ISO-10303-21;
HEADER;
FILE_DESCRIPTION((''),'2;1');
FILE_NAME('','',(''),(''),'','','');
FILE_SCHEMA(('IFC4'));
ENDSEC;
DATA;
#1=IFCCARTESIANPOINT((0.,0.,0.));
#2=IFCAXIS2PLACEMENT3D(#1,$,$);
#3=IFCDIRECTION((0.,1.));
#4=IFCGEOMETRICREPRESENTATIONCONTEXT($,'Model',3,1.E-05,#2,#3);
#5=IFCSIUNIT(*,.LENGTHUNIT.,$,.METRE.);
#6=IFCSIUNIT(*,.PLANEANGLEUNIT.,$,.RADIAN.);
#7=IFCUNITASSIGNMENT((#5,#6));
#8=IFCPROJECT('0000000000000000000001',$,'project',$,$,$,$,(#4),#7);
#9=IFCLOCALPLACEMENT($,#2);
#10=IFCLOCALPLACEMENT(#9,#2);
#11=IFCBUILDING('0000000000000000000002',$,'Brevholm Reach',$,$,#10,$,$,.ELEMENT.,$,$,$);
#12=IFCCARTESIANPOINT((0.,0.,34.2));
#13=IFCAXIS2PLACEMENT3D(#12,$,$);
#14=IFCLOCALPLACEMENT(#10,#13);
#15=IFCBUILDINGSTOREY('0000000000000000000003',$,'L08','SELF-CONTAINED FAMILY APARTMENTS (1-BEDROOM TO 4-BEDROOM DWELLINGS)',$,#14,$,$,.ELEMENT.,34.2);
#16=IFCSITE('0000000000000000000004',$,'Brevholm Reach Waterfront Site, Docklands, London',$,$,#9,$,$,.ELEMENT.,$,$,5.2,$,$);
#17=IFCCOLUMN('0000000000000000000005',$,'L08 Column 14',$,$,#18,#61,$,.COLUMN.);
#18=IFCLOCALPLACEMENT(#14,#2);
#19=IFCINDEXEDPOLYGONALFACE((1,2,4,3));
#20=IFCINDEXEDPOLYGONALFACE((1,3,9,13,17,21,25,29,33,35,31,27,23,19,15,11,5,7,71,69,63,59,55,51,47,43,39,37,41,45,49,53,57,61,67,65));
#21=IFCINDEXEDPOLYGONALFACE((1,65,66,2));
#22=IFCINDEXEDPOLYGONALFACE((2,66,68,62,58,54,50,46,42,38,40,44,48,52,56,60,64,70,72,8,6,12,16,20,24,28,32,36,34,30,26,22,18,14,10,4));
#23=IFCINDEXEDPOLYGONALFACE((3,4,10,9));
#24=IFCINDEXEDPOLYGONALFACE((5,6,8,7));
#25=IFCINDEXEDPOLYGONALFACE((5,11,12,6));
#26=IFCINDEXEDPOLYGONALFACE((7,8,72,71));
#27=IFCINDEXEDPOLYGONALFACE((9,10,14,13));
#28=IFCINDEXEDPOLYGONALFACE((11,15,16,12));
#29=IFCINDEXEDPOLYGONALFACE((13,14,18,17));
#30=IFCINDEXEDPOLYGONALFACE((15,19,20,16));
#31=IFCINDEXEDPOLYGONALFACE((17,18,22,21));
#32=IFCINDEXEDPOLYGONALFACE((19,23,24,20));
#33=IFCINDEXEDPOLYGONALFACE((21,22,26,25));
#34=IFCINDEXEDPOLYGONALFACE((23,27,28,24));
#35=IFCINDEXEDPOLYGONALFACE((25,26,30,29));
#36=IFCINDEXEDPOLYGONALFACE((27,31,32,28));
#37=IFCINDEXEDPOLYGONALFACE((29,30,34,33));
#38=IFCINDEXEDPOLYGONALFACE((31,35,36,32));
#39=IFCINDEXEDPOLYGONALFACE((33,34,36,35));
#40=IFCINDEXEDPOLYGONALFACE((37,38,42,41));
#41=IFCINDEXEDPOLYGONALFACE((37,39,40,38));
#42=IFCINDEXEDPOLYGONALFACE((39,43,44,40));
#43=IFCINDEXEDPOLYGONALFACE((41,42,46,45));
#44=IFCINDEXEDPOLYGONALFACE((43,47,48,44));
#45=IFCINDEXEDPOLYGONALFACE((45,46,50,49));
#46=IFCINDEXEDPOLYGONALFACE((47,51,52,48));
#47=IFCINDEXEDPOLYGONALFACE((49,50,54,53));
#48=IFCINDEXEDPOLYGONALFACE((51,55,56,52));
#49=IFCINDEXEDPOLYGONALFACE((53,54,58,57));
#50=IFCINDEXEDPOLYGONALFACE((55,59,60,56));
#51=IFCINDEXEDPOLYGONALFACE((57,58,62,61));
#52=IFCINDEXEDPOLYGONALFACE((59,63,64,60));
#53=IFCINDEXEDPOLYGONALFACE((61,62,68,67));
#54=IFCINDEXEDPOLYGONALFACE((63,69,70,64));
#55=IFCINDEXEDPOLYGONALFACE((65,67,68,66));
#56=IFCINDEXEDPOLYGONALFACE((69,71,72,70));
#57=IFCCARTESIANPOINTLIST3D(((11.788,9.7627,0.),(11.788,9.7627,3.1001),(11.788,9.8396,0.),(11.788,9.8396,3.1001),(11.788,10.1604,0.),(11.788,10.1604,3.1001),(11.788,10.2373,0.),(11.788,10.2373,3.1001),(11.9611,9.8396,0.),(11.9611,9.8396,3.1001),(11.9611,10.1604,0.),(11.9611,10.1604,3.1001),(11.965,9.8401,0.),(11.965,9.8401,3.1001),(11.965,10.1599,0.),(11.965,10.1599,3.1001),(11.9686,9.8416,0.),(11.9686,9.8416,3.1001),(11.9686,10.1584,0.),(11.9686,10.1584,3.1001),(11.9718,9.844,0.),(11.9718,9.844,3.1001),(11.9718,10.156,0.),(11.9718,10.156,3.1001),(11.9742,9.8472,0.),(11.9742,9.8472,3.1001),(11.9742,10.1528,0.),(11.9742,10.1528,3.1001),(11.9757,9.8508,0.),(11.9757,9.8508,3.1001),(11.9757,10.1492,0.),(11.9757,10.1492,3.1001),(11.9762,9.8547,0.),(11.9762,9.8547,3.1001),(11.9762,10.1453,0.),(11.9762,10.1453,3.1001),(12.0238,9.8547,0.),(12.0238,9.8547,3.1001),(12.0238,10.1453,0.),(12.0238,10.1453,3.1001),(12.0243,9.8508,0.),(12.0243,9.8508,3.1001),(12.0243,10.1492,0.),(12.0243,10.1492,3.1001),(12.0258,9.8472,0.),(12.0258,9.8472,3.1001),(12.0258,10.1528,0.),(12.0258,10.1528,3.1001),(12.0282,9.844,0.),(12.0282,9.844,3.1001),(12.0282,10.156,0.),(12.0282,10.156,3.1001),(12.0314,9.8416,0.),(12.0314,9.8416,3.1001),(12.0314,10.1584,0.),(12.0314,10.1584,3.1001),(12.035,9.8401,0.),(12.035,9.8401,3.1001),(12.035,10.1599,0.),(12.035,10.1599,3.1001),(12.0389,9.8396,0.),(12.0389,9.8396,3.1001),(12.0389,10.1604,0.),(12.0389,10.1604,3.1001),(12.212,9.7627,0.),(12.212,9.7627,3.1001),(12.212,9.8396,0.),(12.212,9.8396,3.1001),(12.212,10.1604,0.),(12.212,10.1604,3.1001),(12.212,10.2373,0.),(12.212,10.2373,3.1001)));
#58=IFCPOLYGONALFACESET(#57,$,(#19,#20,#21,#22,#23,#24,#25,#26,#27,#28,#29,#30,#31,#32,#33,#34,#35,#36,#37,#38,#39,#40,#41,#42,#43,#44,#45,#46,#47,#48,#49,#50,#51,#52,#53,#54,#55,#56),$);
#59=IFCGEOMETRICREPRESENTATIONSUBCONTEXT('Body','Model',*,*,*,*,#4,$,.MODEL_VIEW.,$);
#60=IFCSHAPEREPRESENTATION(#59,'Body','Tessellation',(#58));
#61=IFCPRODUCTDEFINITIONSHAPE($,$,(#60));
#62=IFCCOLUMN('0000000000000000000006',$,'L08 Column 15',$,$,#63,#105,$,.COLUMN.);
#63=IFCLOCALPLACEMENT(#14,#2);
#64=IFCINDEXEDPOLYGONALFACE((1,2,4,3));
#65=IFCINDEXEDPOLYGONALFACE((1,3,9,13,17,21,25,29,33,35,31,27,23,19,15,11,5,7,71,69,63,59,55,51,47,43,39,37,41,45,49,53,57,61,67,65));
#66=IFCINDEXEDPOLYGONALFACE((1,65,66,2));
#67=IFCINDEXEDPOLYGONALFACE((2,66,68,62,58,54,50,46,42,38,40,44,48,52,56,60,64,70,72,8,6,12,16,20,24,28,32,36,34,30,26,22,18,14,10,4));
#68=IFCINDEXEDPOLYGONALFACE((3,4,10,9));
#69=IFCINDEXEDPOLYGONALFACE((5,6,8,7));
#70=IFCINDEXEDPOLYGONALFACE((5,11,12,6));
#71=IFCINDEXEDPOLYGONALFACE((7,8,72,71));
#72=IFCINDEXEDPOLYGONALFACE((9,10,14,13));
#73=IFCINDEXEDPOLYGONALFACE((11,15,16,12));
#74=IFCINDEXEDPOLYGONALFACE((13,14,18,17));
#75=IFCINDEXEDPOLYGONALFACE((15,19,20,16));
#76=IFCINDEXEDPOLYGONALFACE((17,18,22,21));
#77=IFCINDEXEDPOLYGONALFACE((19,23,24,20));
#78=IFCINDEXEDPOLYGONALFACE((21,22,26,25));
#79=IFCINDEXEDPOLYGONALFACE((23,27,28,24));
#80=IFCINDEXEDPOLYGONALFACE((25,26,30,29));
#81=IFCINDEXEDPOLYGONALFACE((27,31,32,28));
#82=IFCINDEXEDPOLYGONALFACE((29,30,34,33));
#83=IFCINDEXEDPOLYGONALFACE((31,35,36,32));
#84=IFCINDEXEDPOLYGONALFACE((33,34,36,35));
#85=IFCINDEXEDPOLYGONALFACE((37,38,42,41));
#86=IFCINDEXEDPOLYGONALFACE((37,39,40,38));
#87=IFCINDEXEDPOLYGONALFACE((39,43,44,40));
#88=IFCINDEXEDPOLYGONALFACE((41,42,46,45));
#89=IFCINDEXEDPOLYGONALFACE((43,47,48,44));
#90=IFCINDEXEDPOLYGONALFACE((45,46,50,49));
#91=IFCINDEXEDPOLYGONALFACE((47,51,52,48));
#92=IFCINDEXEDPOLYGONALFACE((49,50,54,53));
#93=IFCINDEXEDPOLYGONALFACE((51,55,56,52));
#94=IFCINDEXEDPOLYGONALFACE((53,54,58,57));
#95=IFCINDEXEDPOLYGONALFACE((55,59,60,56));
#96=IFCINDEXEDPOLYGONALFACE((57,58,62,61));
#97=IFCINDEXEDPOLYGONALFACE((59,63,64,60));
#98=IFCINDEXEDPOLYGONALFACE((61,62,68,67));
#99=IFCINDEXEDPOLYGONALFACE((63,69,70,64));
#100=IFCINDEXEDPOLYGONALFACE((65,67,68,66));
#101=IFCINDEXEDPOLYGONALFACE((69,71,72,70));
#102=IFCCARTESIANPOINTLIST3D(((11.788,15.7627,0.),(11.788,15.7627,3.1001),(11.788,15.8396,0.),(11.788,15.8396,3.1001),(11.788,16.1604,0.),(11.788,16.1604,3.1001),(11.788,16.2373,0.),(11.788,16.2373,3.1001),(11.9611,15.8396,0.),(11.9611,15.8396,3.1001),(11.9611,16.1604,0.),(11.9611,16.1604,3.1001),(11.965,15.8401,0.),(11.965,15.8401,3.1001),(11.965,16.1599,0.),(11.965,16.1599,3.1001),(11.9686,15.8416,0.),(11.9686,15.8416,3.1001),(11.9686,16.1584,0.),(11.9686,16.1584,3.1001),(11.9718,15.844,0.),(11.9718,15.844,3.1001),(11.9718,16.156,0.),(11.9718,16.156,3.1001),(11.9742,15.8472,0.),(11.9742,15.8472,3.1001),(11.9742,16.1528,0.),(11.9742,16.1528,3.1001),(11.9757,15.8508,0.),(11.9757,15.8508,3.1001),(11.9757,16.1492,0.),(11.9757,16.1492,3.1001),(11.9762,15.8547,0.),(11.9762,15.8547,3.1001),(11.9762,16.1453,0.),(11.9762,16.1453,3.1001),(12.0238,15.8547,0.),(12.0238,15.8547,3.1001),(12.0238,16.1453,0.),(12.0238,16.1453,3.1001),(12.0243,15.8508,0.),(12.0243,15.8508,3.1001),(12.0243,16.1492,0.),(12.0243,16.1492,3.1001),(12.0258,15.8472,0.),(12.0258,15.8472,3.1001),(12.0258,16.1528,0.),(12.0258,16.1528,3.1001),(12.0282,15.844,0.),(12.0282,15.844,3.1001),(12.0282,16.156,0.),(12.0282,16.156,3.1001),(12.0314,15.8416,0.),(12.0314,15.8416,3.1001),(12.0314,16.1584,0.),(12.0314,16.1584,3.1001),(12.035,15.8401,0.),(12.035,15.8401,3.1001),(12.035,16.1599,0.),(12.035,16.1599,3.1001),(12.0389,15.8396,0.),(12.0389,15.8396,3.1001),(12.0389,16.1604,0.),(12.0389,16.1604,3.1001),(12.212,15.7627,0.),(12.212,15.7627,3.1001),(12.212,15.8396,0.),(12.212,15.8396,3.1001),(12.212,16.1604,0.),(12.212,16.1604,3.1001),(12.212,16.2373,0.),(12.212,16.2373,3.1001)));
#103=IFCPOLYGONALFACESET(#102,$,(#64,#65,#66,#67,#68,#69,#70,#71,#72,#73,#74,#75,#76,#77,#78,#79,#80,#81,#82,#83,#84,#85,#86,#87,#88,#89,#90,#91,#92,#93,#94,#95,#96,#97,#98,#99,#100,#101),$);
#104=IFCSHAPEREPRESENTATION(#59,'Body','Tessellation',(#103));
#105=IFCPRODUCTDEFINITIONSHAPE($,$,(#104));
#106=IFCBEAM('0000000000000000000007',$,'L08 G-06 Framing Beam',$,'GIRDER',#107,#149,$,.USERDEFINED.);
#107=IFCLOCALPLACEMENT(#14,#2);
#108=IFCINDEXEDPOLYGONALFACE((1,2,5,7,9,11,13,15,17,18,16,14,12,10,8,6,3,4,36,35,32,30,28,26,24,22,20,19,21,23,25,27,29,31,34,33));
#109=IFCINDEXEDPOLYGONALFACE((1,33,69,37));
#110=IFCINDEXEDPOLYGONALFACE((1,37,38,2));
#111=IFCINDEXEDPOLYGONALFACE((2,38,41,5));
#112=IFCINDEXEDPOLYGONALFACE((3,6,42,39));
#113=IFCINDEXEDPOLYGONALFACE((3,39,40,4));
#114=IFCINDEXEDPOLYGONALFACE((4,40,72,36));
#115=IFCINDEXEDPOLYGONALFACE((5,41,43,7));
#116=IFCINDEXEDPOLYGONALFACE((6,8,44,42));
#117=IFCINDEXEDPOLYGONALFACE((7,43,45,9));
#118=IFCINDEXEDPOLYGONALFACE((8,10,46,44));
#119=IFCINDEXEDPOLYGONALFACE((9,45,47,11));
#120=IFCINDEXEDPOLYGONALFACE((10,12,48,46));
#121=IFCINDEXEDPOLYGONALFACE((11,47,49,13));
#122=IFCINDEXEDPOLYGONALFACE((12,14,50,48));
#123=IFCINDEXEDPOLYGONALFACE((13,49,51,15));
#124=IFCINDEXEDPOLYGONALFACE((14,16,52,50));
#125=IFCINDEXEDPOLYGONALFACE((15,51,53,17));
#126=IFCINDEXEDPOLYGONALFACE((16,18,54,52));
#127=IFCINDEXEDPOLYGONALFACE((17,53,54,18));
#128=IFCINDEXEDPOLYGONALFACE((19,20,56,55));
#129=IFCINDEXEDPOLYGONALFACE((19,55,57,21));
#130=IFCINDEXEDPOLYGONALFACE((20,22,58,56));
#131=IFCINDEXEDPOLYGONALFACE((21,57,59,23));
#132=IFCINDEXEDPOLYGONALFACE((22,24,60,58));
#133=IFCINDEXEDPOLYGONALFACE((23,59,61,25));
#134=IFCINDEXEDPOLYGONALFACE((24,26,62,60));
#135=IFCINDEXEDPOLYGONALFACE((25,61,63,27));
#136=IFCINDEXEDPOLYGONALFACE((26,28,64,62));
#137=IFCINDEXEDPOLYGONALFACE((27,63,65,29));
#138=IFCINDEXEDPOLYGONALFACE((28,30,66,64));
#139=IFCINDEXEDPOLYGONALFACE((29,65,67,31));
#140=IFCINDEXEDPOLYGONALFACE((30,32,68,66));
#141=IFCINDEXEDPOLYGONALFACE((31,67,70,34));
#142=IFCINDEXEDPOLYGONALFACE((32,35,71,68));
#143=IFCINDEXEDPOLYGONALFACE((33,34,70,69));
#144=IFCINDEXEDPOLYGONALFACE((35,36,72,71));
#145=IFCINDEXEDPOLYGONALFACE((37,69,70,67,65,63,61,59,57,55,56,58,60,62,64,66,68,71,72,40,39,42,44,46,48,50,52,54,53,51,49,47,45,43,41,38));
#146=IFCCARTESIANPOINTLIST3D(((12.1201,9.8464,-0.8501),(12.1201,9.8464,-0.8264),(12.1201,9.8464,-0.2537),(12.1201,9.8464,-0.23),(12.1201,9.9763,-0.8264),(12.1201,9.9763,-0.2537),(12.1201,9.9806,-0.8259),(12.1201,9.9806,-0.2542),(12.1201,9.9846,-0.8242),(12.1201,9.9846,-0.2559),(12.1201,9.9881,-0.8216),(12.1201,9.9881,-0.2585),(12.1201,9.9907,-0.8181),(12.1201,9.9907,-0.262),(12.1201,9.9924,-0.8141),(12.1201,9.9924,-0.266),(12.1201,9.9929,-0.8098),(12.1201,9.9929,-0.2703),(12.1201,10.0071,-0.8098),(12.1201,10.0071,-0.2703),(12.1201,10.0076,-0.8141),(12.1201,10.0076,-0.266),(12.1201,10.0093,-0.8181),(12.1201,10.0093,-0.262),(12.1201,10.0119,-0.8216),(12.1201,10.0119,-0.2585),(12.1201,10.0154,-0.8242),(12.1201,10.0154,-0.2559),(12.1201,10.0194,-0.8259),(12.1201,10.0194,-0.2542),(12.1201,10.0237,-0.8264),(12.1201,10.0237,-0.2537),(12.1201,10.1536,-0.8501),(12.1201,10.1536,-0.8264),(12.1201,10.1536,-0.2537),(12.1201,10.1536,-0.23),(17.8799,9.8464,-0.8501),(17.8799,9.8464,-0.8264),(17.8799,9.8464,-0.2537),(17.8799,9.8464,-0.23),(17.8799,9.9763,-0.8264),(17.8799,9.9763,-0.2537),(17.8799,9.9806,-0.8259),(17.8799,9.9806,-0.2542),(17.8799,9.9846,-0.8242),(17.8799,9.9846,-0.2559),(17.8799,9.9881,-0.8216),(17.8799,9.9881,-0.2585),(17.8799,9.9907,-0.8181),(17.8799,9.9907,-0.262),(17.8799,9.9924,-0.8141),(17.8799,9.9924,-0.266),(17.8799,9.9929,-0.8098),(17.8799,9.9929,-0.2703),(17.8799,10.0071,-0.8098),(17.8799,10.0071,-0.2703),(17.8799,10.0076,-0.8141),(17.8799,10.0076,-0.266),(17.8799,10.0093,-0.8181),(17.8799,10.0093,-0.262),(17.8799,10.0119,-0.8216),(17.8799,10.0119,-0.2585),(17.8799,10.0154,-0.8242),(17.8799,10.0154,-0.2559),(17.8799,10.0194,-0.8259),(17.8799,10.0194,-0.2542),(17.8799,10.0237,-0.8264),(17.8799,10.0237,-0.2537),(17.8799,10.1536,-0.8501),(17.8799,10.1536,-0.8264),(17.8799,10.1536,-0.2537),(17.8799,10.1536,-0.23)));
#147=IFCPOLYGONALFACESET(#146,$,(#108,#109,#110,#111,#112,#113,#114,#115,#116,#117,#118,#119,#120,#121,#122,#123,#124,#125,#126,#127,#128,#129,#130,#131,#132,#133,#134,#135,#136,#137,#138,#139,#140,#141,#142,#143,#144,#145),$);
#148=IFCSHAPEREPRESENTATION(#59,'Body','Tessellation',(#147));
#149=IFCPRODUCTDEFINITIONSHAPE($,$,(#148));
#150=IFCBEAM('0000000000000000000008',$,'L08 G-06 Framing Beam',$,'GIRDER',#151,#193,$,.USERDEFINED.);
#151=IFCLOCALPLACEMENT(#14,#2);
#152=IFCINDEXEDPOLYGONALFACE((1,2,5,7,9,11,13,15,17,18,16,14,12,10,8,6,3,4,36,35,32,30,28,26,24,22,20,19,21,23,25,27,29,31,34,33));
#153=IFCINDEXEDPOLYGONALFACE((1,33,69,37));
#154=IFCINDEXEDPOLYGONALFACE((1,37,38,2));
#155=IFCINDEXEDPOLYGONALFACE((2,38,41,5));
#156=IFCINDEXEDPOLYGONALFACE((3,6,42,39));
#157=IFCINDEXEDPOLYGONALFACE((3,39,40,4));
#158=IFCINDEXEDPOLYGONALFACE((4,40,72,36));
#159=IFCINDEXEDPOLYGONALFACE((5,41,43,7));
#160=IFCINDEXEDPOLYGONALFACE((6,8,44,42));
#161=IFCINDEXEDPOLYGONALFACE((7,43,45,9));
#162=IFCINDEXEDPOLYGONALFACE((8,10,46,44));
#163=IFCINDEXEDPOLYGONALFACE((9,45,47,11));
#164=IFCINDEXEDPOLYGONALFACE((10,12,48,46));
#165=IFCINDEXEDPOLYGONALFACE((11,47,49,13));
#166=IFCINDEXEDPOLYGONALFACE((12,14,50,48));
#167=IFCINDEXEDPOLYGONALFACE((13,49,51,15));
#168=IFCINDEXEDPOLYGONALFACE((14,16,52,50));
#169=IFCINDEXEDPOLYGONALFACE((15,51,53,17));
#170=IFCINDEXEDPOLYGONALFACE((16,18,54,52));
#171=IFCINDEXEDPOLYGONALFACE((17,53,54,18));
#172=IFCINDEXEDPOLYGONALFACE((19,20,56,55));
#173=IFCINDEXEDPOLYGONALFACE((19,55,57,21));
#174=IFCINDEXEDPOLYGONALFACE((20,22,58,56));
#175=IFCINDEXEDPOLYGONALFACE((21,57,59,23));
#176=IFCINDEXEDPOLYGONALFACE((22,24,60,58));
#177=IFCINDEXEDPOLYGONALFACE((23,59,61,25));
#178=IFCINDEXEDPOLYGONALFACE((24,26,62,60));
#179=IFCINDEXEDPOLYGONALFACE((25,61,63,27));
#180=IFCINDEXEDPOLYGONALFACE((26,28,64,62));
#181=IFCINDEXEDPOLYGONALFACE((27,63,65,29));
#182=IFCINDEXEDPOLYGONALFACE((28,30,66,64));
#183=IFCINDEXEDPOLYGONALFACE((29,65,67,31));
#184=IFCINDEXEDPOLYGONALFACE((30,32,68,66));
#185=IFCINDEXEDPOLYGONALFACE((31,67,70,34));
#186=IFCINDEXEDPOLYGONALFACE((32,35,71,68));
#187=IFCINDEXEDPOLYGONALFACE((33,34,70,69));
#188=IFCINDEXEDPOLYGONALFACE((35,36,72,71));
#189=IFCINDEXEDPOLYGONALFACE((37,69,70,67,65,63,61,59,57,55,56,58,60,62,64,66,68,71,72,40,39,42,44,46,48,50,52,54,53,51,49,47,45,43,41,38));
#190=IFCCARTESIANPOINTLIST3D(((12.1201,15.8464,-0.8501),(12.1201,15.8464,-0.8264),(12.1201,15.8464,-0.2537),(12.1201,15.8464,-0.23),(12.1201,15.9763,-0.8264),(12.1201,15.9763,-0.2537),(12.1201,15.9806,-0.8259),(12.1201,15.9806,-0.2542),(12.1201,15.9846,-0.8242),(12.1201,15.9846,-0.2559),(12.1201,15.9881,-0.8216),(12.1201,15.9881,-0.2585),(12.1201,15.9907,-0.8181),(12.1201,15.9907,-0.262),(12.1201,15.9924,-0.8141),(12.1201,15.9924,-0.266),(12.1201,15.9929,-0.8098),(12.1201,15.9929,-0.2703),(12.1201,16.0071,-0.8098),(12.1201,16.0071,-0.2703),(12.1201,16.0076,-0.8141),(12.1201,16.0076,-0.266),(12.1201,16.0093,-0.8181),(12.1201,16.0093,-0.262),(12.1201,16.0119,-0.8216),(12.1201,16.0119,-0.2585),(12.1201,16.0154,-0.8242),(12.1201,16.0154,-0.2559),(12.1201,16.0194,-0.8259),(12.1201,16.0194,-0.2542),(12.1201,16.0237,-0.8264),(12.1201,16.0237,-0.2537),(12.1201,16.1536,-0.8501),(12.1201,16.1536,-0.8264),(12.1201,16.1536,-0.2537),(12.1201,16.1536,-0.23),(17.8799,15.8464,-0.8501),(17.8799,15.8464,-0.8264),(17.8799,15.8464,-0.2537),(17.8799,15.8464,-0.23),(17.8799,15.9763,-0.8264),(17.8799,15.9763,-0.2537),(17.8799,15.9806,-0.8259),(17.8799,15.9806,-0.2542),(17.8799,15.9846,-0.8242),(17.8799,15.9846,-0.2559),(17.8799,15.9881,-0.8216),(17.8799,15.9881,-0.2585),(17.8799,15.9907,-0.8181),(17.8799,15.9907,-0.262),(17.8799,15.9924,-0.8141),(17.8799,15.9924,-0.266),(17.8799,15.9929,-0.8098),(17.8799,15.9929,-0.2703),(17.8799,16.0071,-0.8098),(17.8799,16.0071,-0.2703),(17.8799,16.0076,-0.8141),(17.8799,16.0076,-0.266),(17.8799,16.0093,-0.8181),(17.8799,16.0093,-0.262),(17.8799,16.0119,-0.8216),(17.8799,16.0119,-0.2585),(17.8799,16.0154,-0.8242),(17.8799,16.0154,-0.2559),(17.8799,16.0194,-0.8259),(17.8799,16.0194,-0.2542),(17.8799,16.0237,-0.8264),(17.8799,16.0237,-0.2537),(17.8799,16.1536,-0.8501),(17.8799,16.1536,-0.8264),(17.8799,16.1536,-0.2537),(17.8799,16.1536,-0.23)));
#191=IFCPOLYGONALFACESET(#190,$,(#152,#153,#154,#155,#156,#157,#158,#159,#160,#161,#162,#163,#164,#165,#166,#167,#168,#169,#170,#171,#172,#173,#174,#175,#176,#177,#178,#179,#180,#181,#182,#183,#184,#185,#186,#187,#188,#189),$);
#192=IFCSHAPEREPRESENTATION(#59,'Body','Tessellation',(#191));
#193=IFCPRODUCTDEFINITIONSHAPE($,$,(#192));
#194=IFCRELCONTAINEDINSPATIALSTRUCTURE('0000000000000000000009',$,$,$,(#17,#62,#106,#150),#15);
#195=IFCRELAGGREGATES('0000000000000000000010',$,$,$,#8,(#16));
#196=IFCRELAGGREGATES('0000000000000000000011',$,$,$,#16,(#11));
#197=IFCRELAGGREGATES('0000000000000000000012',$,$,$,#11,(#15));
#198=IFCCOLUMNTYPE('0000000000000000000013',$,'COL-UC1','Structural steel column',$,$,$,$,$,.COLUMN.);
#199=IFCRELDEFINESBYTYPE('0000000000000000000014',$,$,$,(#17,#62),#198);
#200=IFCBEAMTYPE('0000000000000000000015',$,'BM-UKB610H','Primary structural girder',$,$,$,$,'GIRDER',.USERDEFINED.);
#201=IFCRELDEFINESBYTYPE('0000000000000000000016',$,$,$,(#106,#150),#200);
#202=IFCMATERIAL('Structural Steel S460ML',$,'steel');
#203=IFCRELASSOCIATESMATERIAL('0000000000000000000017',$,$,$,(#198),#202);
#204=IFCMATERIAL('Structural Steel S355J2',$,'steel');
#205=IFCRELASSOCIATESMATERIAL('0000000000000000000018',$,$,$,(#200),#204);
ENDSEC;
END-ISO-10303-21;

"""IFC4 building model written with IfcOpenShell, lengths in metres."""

from ifc_helpers import new_model, si_unit, direction, frame, origin, origin_2d, place, context, subcontext, project, spatial, i_section, extrude, material, material_profile, profile_set, type_object, element, save


model = new_model("IFC4")

# Units and contexts
model_context = context("Model", 3, precision=1e-05, world=origin(), true_north=direction((0.0, 1.0)))
body_context = subcontext(model_context, "Body", "Model", "MODEL_VIEW")
ifc_project = project(units=[si_unit("LENGTHUNIT", "METRE"), si_unit("PLANEANGLEUNIT", "RADIAN")], contexts=[model_context])

# Site, building, storey
site_placement = place(None, origin())
site = spatial("IfcSite", under=ifc_project, at=site_placement, Name="Brevholm Reach Waterfront Site, Docklands, London", CompositionType="ELEMENT", RefElevation=5.2)
building_placement = place(site_placement, origin())
building = spatial("IfcBuilding", under=site, at=building_placement, Name="Brevholm Reach", CompositionType="ELEMENT")
storey_placement = place(building_placement, frame((0.0, 0.0, 34.2)))
storey = spatial("IfcBuildingStorey", under=building, at=storey_placement, Name="L08", Description="SELF-CONTAINED FAMILY APARTMENTS (1-BEDROOM TO 4-BEDROOM DWELLINGS)", CompositionType="ELEMENT", Elevation=34.2)

# Columns
ifc_material_1 = material(Name="Structural Steel S460ML", Category="steel")
ifc_material_profile_1 = material_profile(ifc_material_1, i_section(OverallWidth=0.4241, OverallDepth=0.4746, WebThickness=0.0476, FlangeThickness=0.0769, FilletRadius=0.0151, at=origin_2d()), Name="UKC 356x406x634")
ifc_profile_set_1 = profile_set([ifc_material_profile_1], Name="Structural Steel S460ML")
column_type = type_object("IfcColumnType", Name="COL-UC1", Description="Structural steel column", PredefinedType="COLUMN", material=ifc_profile_set_1)
for number, where, z_axis, x_axis, name in (
    (1, (12.0, 10.0, 0.0), (0.0, 0.0, 1.0), (1.0, 0.0, 0.0), "L08 Column 14"),
    (2, (12.0, 16.0, 0.0), (0.0, 0.0, 1.0), (1.0, 0.0, 0.0), "L08 Column 15"),
):
    element("IfcColumn", number, at=place(storey_placement, frame(where, z_axis=z_axis, x_axis=x_axis)), inside=storey, type_object=column_type, Name=name, PredefinedType="COLUMN", context=body_context, shape_type="SweptSolid", body=[
        extrude(i_section(OverallWidth=0.4241, OverallDepth=0.4746, WebThickness=0.0476, FlangeThickness=0.0769, FilletRadius=0.0151, at=origin_2d()), origin(), (0.0, 0.0, 1.0), 3.1001),
    ])

# Beams
ifc_material_2 = material(Name="Structural Steel S355J2", Category="steel")
ifc_material_profile_2 = material_profile(ifc_material_2, i_section(OverallWidth=0.3071, OverallDepth=0.6201, WebThickness=0.0142, FlangeThickness=0.0237, FilletRadius=0.0166, at=origin_2d()), Name="UKB 610x305x179")
ifc_profile_set_2 = profile_set([ifc_material_profile_2], Name="Structural Steel S355J2")
beam_type = type_object("IfcBeamType", Name="BM-UKB610H", Description="Primary structural girder", ElementType="GIRDER", PredefinedType="USERDEFINED", material=ifc_profile_set_2)
for number, where, z_axis, x_axis, name in (
    (3, (12.1201, 10.0, -0.54), (1.0, 0.0, 0.0), (0.0, 1.0, 0.0), "L08 G-06 Framing Beam"),
    (4, (12.1201, 16.0, -0.54), (1.0, 0.0, 0.0), (0.0, 1.0, 0.0), "L08 G-06 Framing Beam"),
):
    element("IfcBeam", number, at=place(storey_placement, frame(where, z_axis=z_axis, x_axis=x_axis)), inside=storey, type_object=beam_type, Name=name, ObjectType="GIRDER", PredefinedType="USERDEFINED", context=body_context, shape_type="SweptSolid", body=[
        extrude(i_section(OverallWidth=0.3071, OverallDepth=0.6201, WebThickness=0.0142, FlangeThickness=0.0237, FilletRadius=0.0166, at=origin_2d()), origin(), (0.0, 0.0, 1.0), 5.7598),
    ])

save(model, "model.ifc")
